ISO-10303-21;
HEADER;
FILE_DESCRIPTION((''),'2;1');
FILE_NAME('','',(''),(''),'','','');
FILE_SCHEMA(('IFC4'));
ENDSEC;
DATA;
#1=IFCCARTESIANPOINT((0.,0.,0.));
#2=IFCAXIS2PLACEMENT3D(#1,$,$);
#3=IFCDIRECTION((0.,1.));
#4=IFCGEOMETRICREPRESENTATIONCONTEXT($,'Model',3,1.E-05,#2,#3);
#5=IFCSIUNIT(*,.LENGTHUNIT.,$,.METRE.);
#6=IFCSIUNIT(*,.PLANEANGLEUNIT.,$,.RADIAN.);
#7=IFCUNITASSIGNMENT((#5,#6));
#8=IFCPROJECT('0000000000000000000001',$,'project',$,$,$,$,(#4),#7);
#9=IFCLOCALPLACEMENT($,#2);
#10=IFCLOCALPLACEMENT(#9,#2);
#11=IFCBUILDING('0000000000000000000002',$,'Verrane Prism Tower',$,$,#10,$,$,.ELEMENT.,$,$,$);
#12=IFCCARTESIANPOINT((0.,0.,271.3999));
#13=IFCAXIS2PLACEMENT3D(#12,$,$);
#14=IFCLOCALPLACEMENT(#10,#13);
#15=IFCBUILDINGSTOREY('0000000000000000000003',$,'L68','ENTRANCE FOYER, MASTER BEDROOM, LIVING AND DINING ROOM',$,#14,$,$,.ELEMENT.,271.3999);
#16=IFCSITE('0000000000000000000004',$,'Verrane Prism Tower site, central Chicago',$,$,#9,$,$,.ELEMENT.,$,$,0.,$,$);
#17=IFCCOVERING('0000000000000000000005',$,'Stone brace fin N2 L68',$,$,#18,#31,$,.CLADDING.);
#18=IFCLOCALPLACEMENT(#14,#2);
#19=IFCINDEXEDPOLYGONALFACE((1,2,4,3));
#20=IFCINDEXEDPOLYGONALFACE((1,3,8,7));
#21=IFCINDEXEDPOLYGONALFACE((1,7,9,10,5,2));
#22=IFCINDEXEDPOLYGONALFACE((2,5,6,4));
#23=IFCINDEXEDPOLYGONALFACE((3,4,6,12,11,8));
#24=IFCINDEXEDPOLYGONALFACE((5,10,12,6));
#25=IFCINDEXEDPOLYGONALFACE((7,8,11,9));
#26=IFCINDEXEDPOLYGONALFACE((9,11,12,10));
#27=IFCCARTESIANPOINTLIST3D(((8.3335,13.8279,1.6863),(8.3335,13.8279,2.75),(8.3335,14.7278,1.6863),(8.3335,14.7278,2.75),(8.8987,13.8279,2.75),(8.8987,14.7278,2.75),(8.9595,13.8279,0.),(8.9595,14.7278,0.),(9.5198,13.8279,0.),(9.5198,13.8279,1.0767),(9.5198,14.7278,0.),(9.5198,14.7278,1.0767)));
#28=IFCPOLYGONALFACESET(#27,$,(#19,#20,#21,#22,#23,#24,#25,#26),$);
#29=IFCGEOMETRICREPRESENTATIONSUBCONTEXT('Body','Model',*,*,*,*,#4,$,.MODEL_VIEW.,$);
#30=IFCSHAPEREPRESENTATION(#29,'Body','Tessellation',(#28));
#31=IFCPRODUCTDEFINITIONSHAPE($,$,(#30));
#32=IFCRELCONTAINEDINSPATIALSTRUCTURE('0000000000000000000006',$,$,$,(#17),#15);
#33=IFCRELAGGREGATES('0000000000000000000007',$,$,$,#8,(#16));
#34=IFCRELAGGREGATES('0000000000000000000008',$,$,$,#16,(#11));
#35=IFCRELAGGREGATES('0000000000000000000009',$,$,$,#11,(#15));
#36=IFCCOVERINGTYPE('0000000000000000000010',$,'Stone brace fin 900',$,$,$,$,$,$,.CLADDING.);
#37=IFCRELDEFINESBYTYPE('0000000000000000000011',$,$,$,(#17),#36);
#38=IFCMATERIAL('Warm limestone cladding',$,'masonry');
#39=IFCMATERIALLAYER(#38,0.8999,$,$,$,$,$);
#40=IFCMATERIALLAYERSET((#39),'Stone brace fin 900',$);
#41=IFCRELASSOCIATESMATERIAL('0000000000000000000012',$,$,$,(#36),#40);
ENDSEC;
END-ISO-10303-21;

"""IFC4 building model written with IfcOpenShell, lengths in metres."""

from ifc_helpers import new_model, si_unit, direction, frame, origin, place, context, subcontext, project, spatial, polyline, outline, extrude, material, layer, layer_set, type_object, element, save


model = new_model("IFC4")

# Units and contexts
model_context = context("Model", 3, precision=1e-05, world=origin(), true_north=direction((0.0, 1.0)))
body_context = subcontext(model_context, "Body", "Model", "MODEL_VIEW")
ifc_project = project(units=[si_unit("LENGTHUNIT", "METRE"), si_unit("PLANEANGLEUNIT", "RADIAN")], contexts=[model_context])

# Site, building, storey
site_placement = place(None, origin())
site = spatial("IfcSite", under=ifc_project, at=site_placement, Name="Verrane Prism Tower site, central Chicago", CompositionType="ELEMENT", RefElevation=0.0)
building_placement = place(site_placement, origin())
building = spatial("IfcBuilding", under=site, at=building_placement, Name="Verrane Prism Tower", CompositionType="ELEMENT")
storey_placement = place(building_placement, frame((0.0, 0.0, 271.3999)))
storey = spatial("IfcBuildingStorey", under=building, at=storey_placement, Name="L68", Description="ENTRANCE FOYER, MASTER BEDROOM, LIVING AND DINING ROOM", CompositionType="ELEMENT", Elevation=271.3999)

# Covering
ifc_material_1 = material(Name="Warm limestone cladding", Category="masonry")
ifc_layer_1 = layer(ifc_material_1, 0.8999)
ifc_layer_set_1 = layer_set([ifc_layer_1], Name="Stone brace fin 900")
covering_type = type_object("IfcCoveringType", Name="Stone brace fin 900", PredefinedType="CLADDING", material=ifc_layer_set_1)
covering_placement = place(storey_placement, frame((9.5198, 14.2778, 0.0), z_axis=(0.0, 0.0, 1.0), x_axis=(-1.0, 0.0, 0.0)))
element("IfcCovering", 1, at=covering_placement, inside=storey, type_object=covering_type, Name="Stone brace fin N2 L68", PredefinedType="CLADDING", context=body_context, shape_type="SweptSolid", body=[
    extrude(outline(polyline([(1.1863, 2.75), (0.6211, 2.75), (0.0, 1.0767), (0.0, 0.0), (0.5603, 0.0), (1.1863, 1.6863), (1.1863, 2.75)])), frame((0.0, 0.45, 0.0), z_axis=(0.0, -1.0, 0.0), x_axis=(1.0, 0.0, 0.0)), (0.0, 0.0, 1.0), 0.8999),
])

save(model, "model.ifc")
